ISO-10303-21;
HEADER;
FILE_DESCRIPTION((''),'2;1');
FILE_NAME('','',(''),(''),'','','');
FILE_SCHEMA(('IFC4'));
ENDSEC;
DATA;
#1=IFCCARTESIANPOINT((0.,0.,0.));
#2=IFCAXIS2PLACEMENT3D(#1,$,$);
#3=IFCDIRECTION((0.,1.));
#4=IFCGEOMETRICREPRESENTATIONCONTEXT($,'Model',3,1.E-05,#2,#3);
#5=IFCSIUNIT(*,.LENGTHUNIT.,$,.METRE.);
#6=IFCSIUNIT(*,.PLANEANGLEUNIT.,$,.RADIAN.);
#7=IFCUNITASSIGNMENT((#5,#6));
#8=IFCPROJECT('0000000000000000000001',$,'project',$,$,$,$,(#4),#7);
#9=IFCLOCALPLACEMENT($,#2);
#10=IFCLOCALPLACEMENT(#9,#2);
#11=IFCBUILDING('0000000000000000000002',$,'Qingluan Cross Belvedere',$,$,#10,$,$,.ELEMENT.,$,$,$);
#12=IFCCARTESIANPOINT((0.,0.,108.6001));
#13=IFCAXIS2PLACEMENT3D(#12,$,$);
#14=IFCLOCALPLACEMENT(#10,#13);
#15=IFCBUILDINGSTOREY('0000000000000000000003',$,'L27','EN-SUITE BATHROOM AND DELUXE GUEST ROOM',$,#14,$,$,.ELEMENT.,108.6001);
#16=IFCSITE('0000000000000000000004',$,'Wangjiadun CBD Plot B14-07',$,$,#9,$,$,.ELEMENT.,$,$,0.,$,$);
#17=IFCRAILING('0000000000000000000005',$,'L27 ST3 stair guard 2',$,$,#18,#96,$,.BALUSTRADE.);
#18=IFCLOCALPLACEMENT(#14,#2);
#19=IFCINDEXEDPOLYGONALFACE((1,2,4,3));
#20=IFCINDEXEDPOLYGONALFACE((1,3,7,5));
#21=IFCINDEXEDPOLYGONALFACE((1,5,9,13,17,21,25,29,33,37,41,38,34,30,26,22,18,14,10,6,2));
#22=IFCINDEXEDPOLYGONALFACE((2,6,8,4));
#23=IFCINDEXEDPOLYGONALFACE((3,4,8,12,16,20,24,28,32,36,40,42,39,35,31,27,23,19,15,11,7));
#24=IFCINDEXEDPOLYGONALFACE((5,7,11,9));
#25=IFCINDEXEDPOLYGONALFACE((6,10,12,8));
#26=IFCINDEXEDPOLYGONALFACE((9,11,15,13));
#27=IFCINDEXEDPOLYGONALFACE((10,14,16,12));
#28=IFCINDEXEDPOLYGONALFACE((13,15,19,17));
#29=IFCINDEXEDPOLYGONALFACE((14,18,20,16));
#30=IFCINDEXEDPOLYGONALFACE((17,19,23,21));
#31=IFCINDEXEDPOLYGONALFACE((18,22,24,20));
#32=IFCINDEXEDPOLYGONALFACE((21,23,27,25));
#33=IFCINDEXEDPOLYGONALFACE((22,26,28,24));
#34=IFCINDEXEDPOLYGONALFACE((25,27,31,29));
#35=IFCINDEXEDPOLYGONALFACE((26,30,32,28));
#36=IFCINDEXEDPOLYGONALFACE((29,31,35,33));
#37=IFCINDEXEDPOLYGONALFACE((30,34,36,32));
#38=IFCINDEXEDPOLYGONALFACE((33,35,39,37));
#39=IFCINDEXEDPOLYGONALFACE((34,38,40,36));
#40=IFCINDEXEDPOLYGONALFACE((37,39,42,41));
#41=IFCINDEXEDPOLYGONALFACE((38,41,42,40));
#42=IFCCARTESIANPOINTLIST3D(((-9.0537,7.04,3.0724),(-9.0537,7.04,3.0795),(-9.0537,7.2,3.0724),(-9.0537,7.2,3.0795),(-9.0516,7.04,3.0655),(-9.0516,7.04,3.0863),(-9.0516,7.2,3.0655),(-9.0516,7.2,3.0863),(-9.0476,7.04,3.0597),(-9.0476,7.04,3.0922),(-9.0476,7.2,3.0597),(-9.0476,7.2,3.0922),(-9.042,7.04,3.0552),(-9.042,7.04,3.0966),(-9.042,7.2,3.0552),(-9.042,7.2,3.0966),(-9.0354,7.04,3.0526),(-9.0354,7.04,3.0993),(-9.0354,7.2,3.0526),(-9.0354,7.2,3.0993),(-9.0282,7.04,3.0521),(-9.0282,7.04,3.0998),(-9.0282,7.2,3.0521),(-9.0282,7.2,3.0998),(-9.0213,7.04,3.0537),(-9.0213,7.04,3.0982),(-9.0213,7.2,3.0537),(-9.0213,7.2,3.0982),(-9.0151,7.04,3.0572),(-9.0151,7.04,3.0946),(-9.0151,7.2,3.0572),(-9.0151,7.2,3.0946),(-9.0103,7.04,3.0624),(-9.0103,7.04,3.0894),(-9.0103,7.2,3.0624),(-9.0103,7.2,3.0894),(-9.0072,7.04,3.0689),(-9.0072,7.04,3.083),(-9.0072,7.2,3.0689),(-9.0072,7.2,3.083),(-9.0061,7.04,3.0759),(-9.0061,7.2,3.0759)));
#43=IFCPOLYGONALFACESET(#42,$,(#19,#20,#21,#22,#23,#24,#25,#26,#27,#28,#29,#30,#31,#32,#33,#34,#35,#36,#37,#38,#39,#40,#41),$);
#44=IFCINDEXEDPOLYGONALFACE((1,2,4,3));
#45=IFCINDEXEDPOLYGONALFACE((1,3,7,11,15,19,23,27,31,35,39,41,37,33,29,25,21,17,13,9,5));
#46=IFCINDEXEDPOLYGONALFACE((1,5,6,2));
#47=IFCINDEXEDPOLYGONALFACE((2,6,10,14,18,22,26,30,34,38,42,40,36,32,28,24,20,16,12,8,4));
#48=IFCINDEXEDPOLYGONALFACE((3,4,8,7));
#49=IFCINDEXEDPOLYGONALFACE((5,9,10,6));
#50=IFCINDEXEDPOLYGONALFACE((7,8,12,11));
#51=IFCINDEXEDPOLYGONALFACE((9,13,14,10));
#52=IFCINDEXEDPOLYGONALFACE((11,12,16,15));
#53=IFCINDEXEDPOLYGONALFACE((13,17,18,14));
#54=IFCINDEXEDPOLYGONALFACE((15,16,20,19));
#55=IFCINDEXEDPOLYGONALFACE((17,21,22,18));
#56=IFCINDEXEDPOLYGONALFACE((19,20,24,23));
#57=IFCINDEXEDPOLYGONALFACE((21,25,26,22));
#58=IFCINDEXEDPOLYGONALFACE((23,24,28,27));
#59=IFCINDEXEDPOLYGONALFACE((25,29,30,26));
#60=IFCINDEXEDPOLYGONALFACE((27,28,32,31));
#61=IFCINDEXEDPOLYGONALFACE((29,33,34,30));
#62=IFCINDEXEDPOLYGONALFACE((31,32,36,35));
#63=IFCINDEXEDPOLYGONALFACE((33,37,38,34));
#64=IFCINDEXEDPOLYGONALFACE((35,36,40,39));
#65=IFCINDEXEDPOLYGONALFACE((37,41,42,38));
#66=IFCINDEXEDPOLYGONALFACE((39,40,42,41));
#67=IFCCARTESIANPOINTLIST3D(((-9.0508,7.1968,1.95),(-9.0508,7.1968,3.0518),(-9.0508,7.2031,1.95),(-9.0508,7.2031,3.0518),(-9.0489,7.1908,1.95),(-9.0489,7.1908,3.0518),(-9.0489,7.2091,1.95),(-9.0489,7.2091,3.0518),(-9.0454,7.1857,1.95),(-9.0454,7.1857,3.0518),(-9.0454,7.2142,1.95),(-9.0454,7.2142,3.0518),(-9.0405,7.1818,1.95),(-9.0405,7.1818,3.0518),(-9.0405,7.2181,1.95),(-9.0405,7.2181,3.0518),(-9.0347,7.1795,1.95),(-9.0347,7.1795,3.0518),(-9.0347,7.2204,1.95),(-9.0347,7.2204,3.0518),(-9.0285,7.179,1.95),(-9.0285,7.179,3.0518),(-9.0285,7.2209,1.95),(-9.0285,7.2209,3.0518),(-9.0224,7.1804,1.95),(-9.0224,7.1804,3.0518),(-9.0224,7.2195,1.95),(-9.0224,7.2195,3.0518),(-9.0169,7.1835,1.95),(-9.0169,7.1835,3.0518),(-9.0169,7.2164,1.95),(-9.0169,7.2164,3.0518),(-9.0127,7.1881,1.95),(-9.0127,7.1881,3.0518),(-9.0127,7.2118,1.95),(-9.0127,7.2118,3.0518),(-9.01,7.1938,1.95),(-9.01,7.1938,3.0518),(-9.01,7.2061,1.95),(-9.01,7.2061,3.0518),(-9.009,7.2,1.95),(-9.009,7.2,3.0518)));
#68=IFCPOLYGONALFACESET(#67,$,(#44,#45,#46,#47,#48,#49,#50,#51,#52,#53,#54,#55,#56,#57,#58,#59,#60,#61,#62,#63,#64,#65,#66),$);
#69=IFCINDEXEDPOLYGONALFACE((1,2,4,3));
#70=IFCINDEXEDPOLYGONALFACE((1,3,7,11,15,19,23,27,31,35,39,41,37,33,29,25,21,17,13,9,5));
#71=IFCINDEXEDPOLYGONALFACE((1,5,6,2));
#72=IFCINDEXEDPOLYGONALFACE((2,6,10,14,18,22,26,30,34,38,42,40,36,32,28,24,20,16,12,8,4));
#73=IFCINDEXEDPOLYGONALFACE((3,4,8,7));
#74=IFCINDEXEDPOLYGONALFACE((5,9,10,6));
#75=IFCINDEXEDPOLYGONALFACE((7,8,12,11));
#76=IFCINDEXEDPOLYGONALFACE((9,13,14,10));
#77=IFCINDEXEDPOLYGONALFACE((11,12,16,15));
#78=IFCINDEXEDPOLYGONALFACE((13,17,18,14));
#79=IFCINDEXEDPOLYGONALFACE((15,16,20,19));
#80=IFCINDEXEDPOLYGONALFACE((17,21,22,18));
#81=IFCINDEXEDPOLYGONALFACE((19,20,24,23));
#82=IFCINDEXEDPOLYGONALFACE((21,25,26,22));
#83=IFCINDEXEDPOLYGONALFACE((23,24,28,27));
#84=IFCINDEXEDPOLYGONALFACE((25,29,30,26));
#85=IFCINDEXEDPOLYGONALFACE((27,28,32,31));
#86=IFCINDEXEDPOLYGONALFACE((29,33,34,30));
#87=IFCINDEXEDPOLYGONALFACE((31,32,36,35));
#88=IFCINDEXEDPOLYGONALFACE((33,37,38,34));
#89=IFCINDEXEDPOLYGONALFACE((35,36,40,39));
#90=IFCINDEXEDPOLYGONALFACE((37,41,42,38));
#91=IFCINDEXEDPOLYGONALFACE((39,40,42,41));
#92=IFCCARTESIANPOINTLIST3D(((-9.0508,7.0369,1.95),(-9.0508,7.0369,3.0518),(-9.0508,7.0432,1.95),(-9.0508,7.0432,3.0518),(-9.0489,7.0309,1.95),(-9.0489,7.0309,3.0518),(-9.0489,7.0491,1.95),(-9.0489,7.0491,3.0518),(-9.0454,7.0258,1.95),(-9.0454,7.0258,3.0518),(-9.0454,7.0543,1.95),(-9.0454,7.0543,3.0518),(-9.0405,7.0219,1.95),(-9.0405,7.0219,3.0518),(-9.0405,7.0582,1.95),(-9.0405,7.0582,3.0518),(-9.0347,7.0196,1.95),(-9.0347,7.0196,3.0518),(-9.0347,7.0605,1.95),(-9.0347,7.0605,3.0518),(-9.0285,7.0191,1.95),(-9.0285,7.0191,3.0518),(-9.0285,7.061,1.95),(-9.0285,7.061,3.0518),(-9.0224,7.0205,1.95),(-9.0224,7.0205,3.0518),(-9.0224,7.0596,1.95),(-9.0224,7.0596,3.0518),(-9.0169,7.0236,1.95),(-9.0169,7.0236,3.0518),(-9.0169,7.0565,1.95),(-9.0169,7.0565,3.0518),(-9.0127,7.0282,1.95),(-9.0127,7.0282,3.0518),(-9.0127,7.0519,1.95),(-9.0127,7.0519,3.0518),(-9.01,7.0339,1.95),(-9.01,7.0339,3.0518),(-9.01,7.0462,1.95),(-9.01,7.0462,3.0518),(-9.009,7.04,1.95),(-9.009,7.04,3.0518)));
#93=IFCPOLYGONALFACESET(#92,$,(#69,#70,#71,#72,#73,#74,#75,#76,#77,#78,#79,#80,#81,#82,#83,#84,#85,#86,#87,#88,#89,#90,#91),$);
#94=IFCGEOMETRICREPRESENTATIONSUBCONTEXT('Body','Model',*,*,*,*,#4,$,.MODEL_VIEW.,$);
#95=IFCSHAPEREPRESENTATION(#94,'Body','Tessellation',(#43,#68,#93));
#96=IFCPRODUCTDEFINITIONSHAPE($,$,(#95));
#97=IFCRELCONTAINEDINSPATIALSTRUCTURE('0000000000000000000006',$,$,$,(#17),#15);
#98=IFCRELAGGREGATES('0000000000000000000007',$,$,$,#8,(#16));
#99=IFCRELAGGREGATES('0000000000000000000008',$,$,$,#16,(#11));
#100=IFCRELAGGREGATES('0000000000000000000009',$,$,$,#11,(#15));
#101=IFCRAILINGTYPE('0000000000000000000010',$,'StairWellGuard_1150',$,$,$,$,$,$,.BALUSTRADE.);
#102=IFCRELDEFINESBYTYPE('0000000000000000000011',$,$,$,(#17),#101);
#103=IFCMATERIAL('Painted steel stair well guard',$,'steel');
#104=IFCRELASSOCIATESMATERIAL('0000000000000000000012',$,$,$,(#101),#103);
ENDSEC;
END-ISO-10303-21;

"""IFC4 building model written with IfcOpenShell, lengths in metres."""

from ifc_helpers import new_model, si_unit, direction, frame, origin, origin_2d, place, context, subcontext, project, spatial, circle, extrude, material, type_object, element, save


model = new_model("IFC4")

# Units and contexts
model_context = context("Model", 3, precision=1e-05, world=origin(), true_north=direction((0.0, 1.0)))
body_context = subcontext(model_context, "Body", "Model", "MODEL_VIEW")
ifc_project = project(units=[si_unit("LENGTHUNIT", "METRE"), si_unit("PLANEANGLEUNIT", "RADIAN")], contexts=[model_context])

# Site, building, storey
site_placement = place(None, origin())
site = spatial("IfcSite", under=ifc_project, at=site_placement, Name="Wangjiadun CBD Plot B14-07", CompositionType="ELEMENT", RefElevation=0.0)
building_placement = place(site_placement, origin())
building = spatial("IfcBuilding", under=site, at=building_placement, Name="Qingluan Cross Belvedere", CompositionType="ELEMENT")
storey_placement = place(building_placement, frame((0.0, 0.0, 108.6001)))
storey = spatial("IfcBuildingStorey", under=building, at=storey_placement, Name="L27", Description="EN-SUITE BATHROOM AND DELUXE GUEST ROOM", CompositionType="ELEMENT", Elevation=108.6001)

# Railing
ifc_material_1 = material(Name="Painted steel stair well guard", Category="steel")
railing_type_1 = type_object("IfcRailingType", Name="StairWellGuard_1150", PredefinedType="BALUSTRADE", material=ifc_material_1)
railing_1_placement = place(storey_placement, frame((-9.03, 7.2, 1.95)))
element("IfcRailing", 1, at=railing_1_placement, inside=storey, type_object=railing_type_1, Name="L27 ST3 stair guard 2", PredefinedType="BALUSTRADE", context=body_context, shape_type="SweptSolid", body=[
    extrude(circle(Radius=0.0239, at=origin_2d()), frame((0.0, 0.0, 1.126), z_axis=(0.0, -1.0, 0.0), x_axis=(1.0, 0.0, 0.0)), (0.0, 0.0, 1.0), 0.1599),
    extrude(circle(Radius=0.021, at=origin_2d()), origin(), (0.0, 0.0, 1.0), 1.1018),
    extrude(circle(Radius=0.021, at=origin_2d()), frame((0.0, -0.1599, 0.0)), (0.0, 0.0, 1.0), 1.1018),
])

save(model, "model.ifc")
